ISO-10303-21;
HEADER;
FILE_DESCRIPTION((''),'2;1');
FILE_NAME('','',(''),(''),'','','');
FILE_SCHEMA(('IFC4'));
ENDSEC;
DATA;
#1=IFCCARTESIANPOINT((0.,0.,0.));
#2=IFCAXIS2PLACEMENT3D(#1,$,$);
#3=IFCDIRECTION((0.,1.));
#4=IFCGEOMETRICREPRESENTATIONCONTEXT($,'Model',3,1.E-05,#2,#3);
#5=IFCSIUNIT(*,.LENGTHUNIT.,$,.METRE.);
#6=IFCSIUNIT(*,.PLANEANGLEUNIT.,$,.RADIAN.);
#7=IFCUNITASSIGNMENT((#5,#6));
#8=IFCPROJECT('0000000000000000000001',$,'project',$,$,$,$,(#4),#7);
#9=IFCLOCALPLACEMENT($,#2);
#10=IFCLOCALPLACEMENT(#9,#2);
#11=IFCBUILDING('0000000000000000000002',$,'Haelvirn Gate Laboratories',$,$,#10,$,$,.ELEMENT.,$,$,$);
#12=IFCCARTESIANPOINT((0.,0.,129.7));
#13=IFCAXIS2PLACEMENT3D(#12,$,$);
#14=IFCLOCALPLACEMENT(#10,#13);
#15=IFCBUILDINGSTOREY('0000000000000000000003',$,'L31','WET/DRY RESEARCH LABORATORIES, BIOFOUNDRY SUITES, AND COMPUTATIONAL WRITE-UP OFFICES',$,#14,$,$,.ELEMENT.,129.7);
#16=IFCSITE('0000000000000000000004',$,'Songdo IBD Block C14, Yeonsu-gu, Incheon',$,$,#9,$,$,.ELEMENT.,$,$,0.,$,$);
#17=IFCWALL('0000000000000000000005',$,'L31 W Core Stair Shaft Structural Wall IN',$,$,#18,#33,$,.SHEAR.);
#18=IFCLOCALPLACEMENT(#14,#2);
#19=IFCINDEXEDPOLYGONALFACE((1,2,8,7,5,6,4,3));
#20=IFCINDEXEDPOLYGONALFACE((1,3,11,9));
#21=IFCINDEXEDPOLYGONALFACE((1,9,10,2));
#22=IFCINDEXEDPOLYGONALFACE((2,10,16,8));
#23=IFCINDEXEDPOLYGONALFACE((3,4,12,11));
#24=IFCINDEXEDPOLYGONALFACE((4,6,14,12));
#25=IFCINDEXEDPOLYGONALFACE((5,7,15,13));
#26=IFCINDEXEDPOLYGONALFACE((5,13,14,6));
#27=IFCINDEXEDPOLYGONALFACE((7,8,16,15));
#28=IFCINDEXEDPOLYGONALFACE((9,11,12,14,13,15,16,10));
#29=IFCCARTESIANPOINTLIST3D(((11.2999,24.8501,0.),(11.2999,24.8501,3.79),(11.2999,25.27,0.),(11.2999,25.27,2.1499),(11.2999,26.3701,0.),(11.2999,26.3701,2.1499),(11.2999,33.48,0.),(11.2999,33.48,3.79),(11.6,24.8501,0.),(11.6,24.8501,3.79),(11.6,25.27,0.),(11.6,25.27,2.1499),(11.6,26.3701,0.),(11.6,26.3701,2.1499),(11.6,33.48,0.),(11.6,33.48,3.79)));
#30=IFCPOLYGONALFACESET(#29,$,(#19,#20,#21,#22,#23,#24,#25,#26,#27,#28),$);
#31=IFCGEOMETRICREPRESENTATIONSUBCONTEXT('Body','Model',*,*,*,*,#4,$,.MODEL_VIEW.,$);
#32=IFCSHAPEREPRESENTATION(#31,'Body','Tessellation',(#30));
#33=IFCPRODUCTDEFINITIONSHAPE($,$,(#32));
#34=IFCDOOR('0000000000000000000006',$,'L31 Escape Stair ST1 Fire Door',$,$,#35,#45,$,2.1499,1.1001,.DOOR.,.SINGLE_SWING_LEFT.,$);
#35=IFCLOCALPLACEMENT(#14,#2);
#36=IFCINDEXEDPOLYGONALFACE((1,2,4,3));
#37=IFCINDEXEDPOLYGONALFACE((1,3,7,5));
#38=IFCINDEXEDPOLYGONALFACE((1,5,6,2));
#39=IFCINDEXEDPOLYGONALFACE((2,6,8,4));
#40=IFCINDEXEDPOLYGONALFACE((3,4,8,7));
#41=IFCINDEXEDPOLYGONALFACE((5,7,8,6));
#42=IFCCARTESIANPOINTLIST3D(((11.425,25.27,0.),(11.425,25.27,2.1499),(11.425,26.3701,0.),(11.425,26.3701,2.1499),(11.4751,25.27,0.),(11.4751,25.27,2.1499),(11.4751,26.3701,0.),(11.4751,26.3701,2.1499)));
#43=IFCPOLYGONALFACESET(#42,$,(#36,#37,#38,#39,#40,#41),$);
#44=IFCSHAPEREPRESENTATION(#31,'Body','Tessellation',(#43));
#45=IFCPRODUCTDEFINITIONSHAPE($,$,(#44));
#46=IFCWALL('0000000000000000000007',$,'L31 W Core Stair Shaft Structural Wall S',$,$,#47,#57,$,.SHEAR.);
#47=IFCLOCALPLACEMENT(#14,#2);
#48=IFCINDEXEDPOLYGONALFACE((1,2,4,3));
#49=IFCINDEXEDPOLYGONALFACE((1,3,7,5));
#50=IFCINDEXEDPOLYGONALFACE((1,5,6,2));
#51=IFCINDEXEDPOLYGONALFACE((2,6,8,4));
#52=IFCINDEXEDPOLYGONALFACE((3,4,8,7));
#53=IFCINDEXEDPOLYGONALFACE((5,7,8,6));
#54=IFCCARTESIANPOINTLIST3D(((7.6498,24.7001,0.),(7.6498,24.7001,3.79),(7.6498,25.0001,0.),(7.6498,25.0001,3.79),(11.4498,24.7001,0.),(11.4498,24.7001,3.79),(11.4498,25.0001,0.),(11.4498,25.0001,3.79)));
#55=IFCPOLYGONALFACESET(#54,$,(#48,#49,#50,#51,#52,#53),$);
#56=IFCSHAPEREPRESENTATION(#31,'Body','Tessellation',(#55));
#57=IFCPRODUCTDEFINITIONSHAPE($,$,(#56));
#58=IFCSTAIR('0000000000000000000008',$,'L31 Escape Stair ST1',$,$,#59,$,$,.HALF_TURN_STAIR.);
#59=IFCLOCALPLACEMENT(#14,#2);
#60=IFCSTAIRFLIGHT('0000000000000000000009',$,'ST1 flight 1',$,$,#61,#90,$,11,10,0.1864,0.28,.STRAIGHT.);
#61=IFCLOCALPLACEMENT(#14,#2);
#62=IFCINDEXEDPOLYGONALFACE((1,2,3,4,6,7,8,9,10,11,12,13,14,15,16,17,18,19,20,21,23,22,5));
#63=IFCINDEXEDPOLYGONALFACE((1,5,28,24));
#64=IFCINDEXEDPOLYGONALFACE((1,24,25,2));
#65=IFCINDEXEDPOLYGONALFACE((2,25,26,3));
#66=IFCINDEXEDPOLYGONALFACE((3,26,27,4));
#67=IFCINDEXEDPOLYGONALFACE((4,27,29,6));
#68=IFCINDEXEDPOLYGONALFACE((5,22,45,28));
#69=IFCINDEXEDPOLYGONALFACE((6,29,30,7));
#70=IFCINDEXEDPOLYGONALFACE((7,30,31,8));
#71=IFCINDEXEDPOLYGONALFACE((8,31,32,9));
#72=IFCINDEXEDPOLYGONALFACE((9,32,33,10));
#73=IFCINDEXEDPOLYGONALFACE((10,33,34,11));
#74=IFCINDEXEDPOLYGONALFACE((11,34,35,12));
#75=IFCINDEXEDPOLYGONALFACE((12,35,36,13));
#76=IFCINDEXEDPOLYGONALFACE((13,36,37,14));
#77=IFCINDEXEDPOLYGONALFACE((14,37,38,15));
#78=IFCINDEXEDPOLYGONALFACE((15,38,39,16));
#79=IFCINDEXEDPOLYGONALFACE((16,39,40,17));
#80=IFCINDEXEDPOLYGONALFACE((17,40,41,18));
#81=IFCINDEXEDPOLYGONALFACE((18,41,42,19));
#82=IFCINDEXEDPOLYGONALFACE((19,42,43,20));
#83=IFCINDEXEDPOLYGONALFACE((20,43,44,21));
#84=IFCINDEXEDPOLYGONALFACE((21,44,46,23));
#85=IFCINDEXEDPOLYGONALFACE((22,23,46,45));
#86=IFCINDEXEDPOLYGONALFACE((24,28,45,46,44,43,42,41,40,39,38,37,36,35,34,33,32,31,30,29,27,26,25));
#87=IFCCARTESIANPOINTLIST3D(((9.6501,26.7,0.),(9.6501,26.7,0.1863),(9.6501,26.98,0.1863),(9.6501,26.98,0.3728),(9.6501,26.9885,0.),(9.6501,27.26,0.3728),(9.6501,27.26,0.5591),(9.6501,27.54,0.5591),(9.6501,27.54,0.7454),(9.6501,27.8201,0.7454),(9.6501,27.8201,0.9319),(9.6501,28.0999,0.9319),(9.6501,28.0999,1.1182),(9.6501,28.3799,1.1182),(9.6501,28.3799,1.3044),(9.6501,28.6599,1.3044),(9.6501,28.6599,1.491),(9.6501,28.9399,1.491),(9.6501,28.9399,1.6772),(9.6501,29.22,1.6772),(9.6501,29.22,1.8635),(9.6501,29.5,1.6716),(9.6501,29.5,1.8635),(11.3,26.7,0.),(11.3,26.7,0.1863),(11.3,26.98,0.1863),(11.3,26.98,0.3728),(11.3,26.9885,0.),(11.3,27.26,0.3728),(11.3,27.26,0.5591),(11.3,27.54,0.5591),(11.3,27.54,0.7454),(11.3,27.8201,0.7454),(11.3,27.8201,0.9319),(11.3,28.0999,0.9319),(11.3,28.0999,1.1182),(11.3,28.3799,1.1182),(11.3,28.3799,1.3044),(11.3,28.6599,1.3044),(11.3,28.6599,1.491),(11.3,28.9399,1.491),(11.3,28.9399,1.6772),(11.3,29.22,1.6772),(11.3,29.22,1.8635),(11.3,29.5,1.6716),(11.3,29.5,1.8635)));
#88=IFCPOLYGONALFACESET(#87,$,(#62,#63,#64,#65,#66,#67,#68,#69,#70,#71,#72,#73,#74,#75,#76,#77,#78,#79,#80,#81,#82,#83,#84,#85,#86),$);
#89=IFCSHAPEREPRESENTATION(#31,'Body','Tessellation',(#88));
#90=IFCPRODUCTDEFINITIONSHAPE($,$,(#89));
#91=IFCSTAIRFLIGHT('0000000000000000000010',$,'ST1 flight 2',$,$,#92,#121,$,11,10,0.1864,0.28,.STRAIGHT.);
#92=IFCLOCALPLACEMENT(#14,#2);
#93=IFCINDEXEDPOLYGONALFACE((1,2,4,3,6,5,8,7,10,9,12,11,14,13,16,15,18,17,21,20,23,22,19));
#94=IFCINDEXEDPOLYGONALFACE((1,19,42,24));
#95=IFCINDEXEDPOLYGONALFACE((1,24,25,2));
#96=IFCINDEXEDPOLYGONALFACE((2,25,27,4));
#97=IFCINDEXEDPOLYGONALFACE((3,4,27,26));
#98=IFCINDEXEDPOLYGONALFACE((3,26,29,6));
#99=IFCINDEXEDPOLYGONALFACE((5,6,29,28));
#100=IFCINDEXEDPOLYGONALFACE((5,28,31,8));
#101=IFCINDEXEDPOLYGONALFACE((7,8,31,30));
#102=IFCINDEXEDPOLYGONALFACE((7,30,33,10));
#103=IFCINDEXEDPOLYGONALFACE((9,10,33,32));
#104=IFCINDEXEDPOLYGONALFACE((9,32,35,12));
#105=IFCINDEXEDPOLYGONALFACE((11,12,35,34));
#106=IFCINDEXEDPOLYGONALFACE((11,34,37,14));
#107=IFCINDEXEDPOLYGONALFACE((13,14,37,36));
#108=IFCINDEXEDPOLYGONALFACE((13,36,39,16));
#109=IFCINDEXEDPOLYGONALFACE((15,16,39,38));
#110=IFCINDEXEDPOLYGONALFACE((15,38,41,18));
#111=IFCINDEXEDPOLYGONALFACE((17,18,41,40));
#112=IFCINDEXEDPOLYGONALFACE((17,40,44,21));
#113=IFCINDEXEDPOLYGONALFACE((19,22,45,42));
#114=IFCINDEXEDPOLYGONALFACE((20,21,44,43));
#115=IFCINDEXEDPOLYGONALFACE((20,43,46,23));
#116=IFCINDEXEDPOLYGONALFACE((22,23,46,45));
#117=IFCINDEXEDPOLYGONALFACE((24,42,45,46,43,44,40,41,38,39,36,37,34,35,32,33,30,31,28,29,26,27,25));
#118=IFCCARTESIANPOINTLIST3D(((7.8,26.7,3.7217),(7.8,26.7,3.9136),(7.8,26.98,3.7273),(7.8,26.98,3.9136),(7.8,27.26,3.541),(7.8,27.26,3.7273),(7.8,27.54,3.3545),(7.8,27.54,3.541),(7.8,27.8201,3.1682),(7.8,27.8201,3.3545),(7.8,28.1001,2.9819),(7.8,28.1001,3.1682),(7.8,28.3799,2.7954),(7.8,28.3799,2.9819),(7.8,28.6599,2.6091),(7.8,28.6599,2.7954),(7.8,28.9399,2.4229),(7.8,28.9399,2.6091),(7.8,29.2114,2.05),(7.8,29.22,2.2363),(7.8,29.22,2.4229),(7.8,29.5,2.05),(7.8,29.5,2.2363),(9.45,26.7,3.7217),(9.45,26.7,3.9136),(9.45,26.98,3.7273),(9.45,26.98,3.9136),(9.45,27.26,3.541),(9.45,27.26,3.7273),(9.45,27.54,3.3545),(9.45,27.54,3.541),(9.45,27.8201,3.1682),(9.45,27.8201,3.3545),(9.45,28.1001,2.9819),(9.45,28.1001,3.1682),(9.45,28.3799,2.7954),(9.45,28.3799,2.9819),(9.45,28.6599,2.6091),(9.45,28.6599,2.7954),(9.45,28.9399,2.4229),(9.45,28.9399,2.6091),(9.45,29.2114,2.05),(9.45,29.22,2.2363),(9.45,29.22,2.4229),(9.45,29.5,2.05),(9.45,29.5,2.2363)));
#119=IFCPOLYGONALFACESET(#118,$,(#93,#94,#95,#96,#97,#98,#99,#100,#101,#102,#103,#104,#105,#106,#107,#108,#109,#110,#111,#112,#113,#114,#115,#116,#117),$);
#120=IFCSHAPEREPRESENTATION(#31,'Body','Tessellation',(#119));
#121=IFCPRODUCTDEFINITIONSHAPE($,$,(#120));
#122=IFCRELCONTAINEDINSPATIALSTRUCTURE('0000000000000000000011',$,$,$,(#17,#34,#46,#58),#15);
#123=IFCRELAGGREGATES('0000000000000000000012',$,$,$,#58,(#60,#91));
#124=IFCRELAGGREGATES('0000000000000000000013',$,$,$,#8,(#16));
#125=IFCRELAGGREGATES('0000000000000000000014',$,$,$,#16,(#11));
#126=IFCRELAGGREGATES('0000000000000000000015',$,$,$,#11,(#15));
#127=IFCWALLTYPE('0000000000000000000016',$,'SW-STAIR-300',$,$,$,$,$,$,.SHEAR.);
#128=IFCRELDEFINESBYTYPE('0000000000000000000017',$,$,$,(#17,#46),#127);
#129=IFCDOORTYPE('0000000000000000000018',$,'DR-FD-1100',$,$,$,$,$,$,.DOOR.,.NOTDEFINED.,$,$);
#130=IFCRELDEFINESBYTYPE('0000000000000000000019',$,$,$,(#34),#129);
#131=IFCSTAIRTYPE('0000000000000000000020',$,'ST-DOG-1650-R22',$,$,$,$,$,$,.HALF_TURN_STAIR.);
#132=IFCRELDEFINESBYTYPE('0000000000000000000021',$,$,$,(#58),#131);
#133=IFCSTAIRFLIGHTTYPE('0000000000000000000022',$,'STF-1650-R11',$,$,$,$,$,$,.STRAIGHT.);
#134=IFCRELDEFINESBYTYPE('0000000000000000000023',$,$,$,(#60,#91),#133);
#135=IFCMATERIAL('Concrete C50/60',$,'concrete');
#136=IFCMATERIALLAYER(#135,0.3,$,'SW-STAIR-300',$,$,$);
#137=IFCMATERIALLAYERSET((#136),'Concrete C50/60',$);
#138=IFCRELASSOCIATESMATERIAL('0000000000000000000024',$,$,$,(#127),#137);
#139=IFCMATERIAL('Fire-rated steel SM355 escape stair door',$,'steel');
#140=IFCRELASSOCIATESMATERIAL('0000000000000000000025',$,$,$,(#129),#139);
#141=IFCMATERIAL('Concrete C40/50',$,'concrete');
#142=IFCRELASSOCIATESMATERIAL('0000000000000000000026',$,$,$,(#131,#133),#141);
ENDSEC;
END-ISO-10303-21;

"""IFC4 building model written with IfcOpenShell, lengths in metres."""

from ifc_helpers import new_model, si_unit, direction, frame, frame_2d, origin, place, context, subcontext, project, spatial, polyline, rectangle, outline, extrude, source, transform, mapped, material, layer, layer_set, type_object, type_shapes, element, fill, aggregate, save


model = new_model("IFC4")

# Units and contexts
model_context = context("Model", 3, precision=1e-05, world=origin(), true_north=direction((0.0, 1.0)))
body_context = subcontext(model_context, "Body", "Model", "MODEL_VIEW")
ifc_project = project(units=[si_unit("LENGTHUNIT", "METRE"), si_unit("PLANEANGLEUNIT", "RADIAN")], contexts=[model_context])

# Site, building, storey
site_placement = place(None, origin())
site = spatial("IfcSite", under=ifc_project, at=site_placement, Name="Songdo IBD Block C14, Yeonsu-gu, Incheon", CompositionType="ELEMENT", RefElevation=0.0)
building_placement = place(site_placement, origin())
building = spatial("IfcBuilding", under=site, at=building_placement, Name="Haelvirn Gate Laboratories", CompositionType="ELEMENT")
storey_placement = place(building_placement, frame((0.0, 0.0, 129.7)))
storey = spatial("IfcBuildingStorey", under=building, at=storey_placement, Name="L31", Description="WET/DRY RESEARCH LABORATORIES, BIOFOUNDRY SUITES, AND COMPUTATIONAL WRITE-UP OFFICES", CompositionType="ELEMENT", Elevation=129.7)

# Shared definitions
ifc_material_1 = material(Name="Concrete C40/50", Category="concrete")

# Shared definitions
ifc_material_2 = material(Name="Concrete C50/60", Category="concrete")

# Wall, opening, door
ifc_layer_1 = layer(ifc_material_2, 0.3, Name="SW-STAIR-300")
ifc_layer_set_1 = layer_set([ifc_layer_1], Name="Concrete C50/60")
wall_type_1 = type_object("IfcWallType", Name="SW-STAIR-300", PredefinedType="SHEAR", material=ifc_layer_set_1)
wall_1_placement = place(storey_placement, frame((11.45, 24.8501, 0.0), z_axis=(0.0, 0.0, 1.0), x_axis=(0.0, 1.0, 0.0)))
wall_1 = element("IfcWall", 1, at=wall_1_placement, inside=storey, type_object=wall_type_1, Name="L31 W Core Stair Shaft Structural Wall IN", PredefinedType="SHEAR", context=body_context, shape_type="SweptSolid", body=[
    extrude(rectangle(XDim=8.6299, YDim=0.3, at=frame_2d((4.3149, 0.0))), origin(), (0.0, 0.0, 1.0), 3.79),
])
opening_1_placement = place(wall_1_placement, frame((0.4199, 0.0, 0.0)))
opening_1 = element("IfcOpeningElement", 2, at=opening_1_placement, cuts=wall_1, PredefinedType="OPENING", context=body_context, shape_type="SweptSolid", body=[
    extrude(rectangle(XDim=1.1001, YDim=2.1499, at=frame_2d((0.55, 1.075))), frame((0.0, 0.1602, 0.0), z_axis=(0.0, -1.0, 0.0), x_axis=(1.0, 0.0, 0.0)), (0.0, 0.0, 1.0), 0.3201),
])
ifc_material_3 = material(Name="Fire-rated steel SM355 escape stair door", Category="steel")
door_type_1 = type_object("IfcDoorType", Name="DR-FD-1100", OperationType="NOTDEFINED", PredefinedType="DOOR", material=ifc_material_3)
shared_shape_1 = source(origin(), body_context, "Body", "SweptSolid", [
    extrude(rectangle(XDim=1.1001, YDim=2.1499, at=frame_2d((0.55, 1.075))), frame((0.0, 0.0249, 0.0), z_axis=(0.0, -1.0, 0.0), x_axis=(1.0, 0.0, 0.0)), (0.0, 0.0, 1.0), 0.05),
])
type_shapes(door_type_1, [shared_shape_1])
door_1_placement = place(opening_1_placement, origin())
door_1 = element("IfcDoor", 3, at=door_1_placement, inside=storey, type_object=door_type_1, Name="L31 Escape Stair ST1 Fire Door", OperationType="SINGLE_SWING_LEFT", OverallHeight=2.1499, OverallWidth=1.1001, PredefinedType="DOOR", context=body_context, shape_type="MappedRepresentation", body=[
    mapped(shared_shape_1, transform((0.0, 0.0, 0.0), scale=1.0)),
])
fill(opening_1, door_1)

# Wall
wall_2_placement = place(storey_placement, frame((7.6499, 24.8501, 0.0), z_axis=(0.0, 0.0, 1.0), x_axis=(1.0, 0.0, 0.0)))
element("IfcWall", 4, at=wall_2_placement, inside=storey, type_object=wall_type_1, Name="L31 W Core Stair Shaft Structural Wall S", PredefinedType="SHEAR", context=body_context, shape_type="SweptSolid", body=[
    extrude(rectangle(XDim=3.8, YDim=0.3, at=frame_2d((1.8999, 0.0))), origin(), (0.0, 0.0, 1.0), 3.79),
])

# Stair, stair flights
stair_type = type_object("IfcStairType", Name="ST-DOG-1650-R22", PredefinedType="HALF_TURN_STAIR", material=ifc_material_1)
stair_placement = place(storey_placement, origin())
stair = element("IfcStair", 5, at=stair_placement, inside=storey, type_object=stair_type, Name="L31 Escape Stair ST1", PredefinedType="HALF_TURN_STAIR")
stair_flight_type = type_object("IfcStairFlightType", Name="STF-1650-R11", PredefinedType="STRAIGHT", material=ifc_material_1)
shared_shape_2 = source(origin(), body_context, "Body", "SweptSolid", [
    extrude(outline(polyline([(0.0, 0.0), (0.0, 0.1863), (0.28, 0.1863), (0.28, 0.3728), (0.5601, 0.3728), (0.5601, 0.5591), (0.8401, 0.5591), (0.8401, 0.7454), (1.1201, 0.7454), (1.1201, 0.9319), (1.3999, 0.9319), (1.3999, 1.1182), (1.6799, 1.1182), (1.6799, 1.3044), (1.96, 1.3044), (1.96, 1.491), (2.24, 1.491), (2.24, 1.6772), (2.52, 1.6772), (2.52, 1.8635), (2.8, 1.8635), (2.8, 2.05), (2.8, 1.6716), (0.2886, 0.0), (0.0, 0.0)])), frame((0.0, 0.825, 0.0), z_axis=(0.0, -1.0, 0.0), x_axis=(1.0, 0.0, 0.0)), (0.0, 0.0, 1.0), 1.6499),
])
type_shapes(stair_flight_type, [shared_shape_2])
stair_flight_1_placement = place(storey_placement, frame((10.4751, 26.7, 0.0), z_axis=(0.0, 0.0, 1.0), x_axis=(0.0, 1.0, 0.0)))
stair_flight_1 = element("IfcStairFlight", 6, at=stair_flight_1_placement, type_object=stair_flight_type, Name="ST1 flight 1", NumberOfRisers=11, NumberOfTreads=10, PredefinedType="STRAIGHT", RiserHeight=0.1864, TreadLength=0.28, context=body_context, shape_type="MappedRepresentation", body=[
    mapped(shared_shape_2, transform((0.0, 0.0, 0.0), scale=1.0)),
])
stair_flight_2_placement = place(storey_placement, frame((8.625, 29.5, 2.05), z_axis=(0.0, 0.0, 1.0), x_axis=(0.0, -1.0, 0.0)))
stair_flight_2 = element("IfcStairFlight", 7, at=stair_flight_2_placement, type_object=stair_flight_type, Name="ST1 flight 2", NumberOfRisers=11, NumberOfTreads=10, PredefinedType="STRAIGHT", RiserHeight=0.1864, TreadLength=0.28, context=body_context, shape_type="MappedRepresentation", body=[
    mapped(shared_shape_2, transform((0.0, 0.0, 0.0), scale=1.0)),
])
aggregate(stair, [stair_flight_1, stair_flight_2])

save(model, "model.ifc")
